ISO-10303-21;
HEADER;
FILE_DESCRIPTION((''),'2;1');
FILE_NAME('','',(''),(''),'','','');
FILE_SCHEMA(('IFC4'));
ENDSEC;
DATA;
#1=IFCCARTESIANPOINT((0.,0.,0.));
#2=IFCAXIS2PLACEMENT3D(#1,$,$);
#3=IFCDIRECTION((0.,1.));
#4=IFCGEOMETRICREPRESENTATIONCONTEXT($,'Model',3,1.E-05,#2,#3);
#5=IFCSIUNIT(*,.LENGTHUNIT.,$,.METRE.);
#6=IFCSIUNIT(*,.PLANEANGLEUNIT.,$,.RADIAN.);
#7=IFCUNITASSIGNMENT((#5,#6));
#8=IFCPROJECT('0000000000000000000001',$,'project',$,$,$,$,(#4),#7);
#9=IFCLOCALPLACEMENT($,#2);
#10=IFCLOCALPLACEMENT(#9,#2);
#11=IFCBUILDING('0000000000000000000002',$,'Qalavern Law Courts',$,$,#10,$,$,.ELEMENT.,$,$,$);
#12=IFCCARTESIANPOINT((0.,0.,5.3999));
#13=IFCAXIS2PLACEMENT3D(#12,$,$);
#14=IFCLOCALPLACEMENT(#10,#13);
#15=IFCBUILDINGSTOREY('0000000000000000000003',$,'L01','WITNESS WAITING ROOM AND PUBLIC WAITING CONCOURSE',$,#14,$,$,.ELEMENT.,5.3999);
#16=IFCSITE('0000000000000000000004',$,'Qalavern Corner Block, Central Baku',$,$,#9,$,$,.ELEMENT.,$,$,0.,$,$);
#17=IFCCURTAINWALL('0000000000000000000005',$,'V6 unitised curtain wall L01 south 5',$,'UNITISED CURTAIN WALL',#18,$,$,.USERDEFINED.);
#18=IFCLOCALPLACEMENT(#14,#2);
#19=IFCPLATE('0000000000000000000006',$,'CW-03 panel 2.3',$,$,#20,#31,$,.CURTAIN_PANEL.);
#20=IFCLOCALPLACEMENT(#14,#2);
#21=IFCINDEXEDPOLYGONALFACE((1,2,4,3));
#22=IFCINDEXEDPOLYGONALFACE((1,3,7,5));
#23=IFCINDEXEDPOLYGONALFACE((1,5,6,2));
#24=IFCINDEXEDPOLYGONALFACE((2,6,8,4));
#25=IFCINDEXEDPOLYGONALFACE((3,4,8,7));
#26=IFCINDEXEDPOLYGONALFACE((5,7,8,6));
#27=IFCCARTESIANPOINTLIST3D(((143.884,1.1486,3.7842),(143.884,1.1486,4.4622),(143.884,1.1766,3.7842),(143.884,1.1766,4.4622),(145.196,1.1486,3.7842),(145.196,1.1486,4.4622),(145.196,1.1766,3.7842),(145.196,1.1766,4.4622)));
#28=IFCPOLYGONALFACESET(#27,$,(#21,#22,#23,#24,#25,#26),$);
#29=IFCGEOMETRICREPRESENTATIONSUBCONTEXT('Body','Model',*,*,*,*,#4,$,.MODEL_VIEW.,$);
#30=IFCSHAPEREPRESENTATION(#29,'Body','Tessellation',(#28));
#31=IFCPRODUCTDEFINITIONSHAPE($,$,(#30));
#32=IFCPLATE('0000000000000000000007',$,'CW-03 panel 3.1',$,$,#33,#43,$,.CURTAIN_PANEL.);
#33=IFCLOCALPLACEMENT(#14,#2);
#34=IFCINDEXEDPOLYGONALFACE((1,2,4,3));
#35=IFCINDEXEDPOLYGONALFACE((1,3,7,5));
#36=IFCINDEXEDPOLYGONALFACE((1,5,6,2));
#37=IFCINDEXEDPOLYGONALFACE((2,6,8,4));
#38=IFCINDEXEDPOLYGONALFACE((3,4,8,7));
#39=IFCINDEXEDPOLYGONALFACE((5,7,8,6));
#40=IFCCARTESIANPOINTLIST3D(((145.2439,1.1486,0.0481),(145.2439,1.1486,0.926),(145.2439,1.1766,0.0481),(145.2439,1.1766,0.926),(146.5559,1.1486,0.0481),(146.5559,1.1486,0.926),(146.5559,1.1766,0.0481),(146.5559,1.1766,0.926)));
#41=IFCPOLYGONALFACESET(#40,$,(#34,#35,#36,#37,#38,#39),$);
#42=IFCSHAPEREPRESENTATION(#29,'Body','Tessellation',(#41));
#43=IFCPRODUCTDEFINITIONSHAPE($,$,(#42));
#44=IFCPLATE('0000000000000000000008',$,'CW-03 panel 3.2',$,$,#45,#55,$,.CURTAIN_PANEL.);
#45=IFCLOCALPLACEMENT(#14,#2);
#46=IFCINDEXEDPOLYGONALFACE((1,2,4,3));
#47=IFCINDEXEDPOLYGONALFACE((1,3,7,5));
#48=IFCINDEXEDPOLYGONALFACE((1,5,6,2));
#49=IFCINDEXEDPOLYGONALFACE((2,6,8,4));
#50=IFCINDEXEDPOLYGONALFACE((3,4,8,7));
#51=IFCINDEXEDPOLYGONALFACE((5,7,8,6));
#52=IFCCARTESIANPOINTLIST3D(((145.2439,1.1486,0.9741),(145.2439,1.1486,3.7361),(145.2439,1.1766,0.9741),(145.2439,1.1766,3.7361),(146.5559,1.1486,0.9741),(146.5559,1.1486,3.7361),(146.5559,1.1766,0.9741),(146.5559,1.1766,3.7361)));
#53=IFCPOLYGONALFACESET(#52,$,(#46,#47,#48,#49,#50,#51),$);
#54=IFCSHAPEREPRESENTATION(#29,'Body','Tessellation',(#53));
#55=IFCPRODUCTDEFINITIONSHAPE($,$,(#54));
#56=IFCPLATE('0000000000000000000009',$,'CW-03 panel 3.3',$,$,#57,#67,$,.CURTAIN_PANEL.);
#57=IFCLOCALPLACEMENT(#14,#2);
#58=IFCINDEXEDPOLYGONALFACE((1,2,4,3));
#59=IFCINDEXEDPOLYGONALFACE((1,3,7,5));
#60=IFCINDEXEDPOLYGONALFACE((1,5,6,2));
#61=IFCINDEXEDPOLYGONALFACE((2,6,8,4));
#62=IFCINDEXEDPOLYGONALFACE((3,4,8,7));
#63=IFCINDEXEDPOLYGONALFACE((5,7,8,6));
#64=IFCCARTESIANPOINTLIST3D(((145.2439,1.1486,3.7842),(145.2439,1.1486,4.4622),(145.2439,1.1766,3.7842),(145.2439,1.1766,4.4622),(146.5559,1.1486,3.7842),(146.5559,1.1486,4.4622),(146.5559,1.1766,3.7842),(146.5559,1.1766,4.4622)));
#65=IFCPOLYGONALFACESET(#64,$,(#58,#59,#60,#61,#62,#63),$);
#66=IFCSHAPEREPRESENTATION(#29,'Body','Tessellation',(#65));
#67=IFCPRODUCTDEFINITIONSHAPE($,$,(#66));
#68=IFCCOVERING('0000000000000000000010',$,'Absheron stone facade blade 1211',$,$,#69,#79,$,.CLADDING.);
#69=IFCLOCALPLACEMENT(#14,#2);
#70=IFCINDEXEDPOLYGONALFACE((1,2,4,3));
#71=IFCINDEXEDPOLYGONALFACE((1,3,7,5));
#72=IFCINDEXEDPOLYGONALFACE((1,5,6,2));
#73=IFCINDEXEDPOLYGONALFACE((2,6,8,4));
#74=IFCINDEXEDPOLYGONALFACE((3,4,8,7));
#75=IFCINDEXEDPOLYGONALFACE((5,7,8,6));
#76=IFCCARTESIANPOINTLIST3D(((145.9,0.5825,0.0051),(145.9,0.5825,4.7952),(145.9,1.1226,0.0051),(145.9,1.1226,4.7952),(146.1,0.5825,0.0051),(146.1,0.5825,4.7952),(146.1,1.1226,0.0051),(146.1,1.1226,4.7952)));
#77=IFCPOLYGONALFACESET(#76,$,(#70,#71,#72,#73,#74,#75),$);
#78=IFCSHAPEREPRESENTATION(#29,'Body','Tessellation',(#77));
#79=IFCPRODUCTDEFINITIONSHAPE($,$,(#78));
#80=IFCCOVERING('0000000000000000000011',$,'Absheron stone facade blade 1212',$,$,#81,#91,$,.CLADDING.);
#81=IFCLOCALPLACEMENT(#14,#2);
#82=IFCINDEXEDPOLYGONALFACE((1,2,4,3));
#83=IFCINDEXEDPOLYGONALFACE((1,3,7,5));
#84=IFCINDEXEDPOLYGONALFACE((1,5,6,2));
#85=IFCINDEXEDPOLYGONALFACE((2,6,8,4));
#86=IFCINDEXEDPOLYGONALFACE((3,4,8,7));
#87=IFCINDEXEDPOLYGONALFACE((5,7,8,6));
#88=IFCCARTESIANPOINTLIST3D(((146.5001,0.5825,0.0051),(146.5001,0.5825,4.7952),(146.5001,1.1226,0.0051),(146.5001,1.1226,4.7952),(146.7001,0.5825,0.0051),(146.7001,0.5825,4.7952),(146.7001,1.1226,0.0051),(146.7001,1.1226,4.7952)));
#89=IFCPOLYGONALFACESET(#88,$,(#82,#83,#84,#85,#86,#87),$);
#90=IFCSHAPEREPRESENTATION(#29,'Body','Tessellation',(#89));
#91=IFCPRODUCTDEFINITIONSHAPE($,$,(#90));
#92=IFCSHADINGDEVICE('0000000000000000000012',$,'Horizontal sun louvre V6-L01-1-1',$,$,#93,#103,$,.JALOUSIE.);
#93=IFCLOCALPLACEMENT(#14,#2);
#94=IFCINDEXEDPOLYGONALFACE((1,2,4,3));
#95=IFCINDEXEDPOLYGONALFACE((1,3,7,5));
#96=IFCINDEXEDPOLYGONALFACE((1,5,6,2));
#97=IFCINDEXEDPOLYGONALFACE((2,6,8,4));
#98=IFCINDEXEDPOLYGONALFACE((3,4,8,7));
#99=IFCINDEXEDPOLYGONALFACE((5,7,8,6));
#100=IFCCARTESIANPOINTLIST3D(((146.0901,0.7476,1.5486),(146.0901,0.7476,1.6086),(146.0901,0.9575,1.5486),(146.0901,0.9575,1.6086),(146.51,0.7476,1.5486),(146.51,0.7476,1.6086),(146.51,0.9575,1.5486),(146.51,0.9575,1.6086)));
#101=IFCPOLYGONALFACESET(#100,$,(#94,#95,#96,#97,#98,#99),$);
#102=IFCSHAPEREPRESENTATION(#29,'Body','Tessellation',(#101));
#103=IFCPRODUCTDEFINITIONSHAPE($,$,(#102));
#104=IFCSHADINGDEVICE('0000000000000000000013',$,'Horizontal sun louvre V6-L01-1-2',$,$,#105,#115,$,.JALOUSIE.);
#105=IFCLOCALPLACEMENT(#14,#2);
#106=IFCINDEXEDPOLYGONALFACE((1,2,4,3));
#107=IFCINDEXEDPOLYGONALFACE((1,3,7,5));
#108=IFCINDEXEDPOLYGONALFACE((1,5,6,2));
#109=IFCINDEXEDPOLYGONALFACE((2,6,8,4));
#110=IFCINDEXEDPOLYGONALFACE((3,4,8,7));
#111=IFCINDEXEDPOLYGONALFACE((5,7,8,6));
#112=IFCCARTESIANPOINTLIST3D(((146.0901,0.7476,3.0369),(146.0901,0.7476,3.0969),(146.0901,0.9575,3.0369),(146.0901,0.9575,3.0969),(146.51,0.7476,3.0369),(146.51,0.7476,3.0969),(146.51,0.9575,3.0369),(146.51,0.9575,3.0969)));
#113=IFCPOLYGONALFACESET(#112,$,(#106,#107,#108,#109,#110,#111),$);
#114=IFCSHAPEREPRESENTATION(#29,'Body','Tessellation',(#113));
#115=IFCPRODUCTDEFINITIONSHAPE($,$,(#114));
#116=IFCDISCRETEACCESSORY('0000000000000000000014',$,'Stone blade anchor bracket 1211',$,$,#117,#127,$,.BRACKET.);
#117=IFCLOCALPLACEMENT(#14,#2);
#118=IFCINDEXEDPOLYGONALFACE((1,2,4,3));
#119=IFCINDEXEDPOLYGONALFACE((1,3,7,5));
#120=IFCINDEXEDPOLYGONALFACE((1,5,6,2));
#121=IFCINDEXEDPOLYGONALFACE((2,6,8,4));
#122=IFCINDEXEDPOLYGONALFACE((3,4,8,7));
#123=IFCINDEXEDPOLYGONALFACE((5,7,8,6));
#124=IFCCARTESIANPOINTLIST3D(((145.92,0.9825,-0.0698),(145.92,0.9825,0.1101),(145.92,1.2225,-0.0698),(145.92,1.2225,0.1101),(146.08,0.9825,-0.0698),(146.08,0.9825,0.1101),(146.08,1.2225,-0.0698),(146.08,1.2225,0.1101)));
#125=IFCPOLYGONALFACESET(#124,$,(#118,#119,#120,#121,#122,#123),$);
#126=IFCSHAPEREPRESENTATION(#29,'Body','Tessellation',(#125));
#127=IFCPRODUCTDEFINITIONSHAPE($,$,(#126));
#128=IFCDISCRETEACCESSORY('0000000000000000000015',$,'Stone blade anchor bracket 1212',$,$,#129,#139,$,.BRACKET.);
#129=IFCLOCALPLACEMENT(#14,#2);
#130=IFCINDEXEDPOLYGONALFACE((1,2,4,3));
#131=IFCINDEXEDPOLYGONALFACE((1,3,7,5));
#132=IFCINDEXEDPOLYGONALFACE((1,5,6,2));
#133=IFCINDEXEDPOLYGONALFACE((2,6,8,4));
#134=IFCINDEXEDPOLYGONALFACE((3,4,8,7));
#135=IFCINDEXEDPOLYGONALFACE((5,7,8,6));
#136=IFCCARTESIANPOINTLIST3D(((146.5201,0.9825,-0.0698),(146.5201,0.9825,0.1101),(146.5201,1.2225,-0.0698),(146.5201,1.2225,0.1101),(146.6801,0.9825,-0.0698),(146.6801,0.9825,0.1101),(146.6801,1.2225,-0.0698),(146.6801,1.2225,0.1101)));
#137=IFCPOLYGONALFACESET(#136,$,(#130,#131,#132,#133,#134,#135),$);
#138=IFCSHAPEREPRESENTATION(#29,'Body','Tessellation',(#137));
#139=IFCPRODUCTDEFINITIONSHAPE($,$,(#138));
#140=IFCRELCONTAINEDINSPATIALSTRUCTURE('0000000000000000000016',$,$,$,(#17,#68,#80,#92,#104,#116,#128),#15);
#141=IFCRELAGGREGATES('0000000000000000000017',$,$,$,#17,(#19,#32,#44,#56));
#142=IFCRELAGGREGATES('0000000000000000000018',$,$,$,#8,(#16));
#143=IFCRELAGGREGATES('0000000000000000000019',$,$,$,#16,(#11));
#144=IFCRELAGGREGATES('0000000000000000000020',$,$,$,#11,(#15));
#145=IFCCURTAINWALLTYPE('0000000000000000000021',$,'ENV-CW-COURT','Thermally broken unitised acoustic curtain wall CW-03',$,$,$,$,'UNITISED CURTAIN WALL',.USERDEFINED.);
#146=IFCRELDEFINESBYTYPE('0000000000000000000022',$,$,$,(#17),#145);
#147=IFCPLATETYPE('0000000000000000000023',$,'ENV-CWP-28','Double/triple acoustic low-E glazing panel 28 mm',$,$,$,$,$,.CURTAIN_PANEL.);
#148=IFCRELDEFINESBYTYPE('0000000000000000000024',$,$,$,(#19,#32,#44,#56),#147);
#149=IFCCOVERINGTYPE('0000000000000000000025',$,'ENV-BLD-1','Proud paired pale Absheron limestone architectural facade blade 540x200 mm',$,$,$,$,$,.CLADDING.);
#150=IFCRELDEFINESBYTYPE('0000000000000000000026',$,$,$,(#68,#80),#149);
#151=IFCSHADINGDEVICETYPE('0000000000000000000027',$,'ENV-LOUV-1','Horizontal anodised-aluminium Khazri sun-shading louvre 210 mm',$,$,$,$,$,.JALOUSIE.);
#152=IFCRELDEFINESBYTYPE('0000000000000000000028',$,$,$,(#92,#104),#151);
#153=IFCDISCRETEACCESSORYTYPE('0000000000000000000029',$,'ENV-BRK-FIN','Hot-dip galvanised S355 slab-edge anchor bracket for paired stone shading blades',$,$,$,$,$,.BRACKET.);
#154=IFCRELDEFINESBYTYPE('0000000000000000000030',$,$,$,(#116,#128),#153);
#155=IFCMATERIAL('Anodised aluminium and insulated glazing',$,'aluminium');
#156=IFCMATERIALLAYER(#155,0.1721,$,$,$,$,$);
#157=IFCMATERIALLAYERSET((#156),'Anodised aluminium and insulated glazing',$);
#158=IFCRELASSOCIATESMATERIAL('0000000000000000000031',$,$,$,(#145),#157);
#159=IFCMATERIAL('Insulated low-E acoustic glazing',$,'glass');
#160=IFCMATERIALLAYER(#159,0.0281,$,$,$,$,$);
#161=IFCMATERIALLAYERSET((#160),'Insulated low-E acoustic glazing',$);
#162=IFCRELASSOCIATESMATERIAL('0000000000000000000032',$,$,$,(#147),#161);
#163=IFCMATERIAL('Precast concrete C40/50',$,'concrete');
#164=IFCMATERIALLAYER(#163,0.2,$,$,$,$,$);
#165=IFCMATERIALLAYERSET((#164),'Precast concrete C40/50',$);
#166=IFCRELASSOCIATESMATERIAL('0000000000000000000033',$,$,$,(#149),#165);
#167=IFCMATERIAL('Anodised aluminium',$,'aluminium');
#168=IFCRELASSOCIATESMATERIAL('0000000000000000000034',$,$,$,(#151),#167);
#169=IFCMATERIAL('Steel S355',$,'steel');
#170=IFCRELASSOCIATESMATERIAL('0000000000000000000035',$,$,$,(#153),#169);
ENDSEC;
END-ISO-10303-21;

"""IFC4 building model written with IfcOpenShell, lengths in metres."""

from ifc_helpers import new_model, si_unit, direction, frame, origin, origin_2d, place, context, subcontext, project, spatial, rectangle, extrude, material, layer, layer_set, type_object, element, aggregate, save


model = new_model("IFC4")

# Units and contexts
model_context = context("Model", 3, precision=1e-05, world=origin(), true_north=direction((0.0, 1.0)))
body_context = subcontext(model_context, "Body", "Model", "MODEL_VIEW")
ifc_project = project(units=[si_unit("LENGTHUNIT", "METRE"), si_unit("PLANEANGLEUNIT", "RADIAN")], contexts=[model_context])

# Site, building, storey
site_placement = place(None, origin())
site = spatial("IfcSite", under=ifc_project, at=site_placement, Name="Qalavern Corner Block, Central Baku", CompositionType="ELEMENT", RefElevation=0.0)
building_placement = place(site_placement, origin())
building = spatial("IfcBuilding", under=site, at=building_placement, Name="Qalavern Law Courts", CompositionType="ELEMENT")
storey_placement = place(building_placement, frame((0.0, 0.0, 5.3999)))
storey = spatial("IfcBuildingStorey", under=building, at=storey_placement, Name="L01", Description="WITNESS WAITING ROOM AND PUBLIC WAITING CONCOURSE", CompositionType="ELEMENT", Elevation=5.3999)

# Curtain wall, plates
ifc_material_1 = material(Name="Anodised aluminium and insulated glazing", Category="aluminium")
ifc_layer_1 = layer(ifc_material_1, 0.1721)
ifc_layer_set_1 = layer_set([ifc_layer_1], Name="Anodised aluminium and insulated glazing")
curtain_wall_type = type_object("IfcCurtainWallType", Name="ENV-CW-COURT", Description="Thermally broken unitised acoustic curtain wall CW-03", ElementType="UNITISED CURTAIN WALL", PredefinedType="USERDEFINED", material=ifc_layer_set_1)
curtain_wall_placement = place(storey_placement, origin())
curtain_wall = element("IfcCurtainWall", 1, at=curtain_wall_placement, inside=storey, type_object=curtain_wall_type, Name="V6 unitised curtain wall L01 south 5", ObjectType="UNITISED CURTAIN WALL", PredefinedType="USERDEFINED")
ifc_material_2 = material(Name="Anodised aluminium", Category="aluminium")
ifc_material_3 = material(Name="Insulated low-E acoustic glazing", Category="glass")
ifc_layer_2 = layer(ifc_material_3, 0.0281)
ifc_layer_set_2 = layer_set([ifc_layer_2], Name="Insulated low-E acoustic glazing")
plate_type = type_object("IfcPlateType", Name="ENV-CWP-28", Description="Double/triple acoustic low-E glazing panel 28 mm", PredefinedType="CURTAIN_PANEL", material=ifc_layer_set_2)
plate_1_placement = place(storey_placement, frame((144.54, 1.1626, 3.7842), z_axis=(0.0, 0.0, 1.0), x_axis=(1.0, 0.0, 0.0)))
plate_1 = element("IfcPlate", 2, at=plate_1_placement, type_object=plate_type, Name="CW-03 panel 2.3", PredefinedType="CURTAIN_PANEL", context=body_context, shape_type="SweptSolid", body=[
    extrude(rectangle(XDim=1.312, YDim=0.0281, at=origin_2d()), origin(), (0.0, 0.0, 1.0), 0.678),
])
plate_2_placement = place(storey_placement, frame((145.8999, 1.1626, 0.0481), z_axis=(0.0, 0.0, 1.0), x_axis=(1.0, 0.0, 0.0)))
plate_2 = element("IfcPlate", 3, at=plate_2_placement, type_object=plate_type, Name="CW-03 panel 3.1", PredefinedType="CURTAIN_PANEL", context=body_context, shape_type="SweptSolid", body=[
    extrude(rectangle(XDim=1.312, YDim=0.0281, at=origin_2d()), origin(), (0.0, 0.0, 1.0), 0.8779),
])
plate_3_placement = place(storey_placement, frame((145.8999, 1.1626, 0.9741), z_axis=(0.0, 0.0, 1.0), x_axis=(1.0, 0.0, 0.0)))
plate_3 = element("IfcPlate", 4, at=plate_3_placement, type_object=plate_type, Name="CW-03 panel 3.2", PredefinedType="CURTAIN_PANEL", context=body_context, shape_type="SweptSolid", body=[
    extrude(rectangle(XDim=1.312, YDim=0.0281, at=origin_2d()), origin(), (0.0, 0.0, 1.0), 2.762),
])
plate_4_placement = place(storey_placement, frame((145.8999, 1.1626, 3.7842), z_axis=(0.0, 0.0, 1.0), x_axis=(1.0, 0.0, 0.0)))
plate_4 = element("IfcPlate", 5, at=plate_4_placement, type_object=plate_type, Name="CW-03 panel 3.3", PredefinedType="CURTAIN_PANEL", context=body_context, shape_type="SweptSolid", body=[
    extrude(rectangle(XDim=1.312, YDim=0.0281, at=origin_2d()), origin(), (0.0, 0.0, 1.0), 0.678),
])
aggregate(curtain_wall, [plate_1, plate_2, plate_3, plate_4])

# Coverings
ifc_material_4 = material(Name="Precast concrete C40/50", Category="concrete")
ifc_layer_3 = layer(ifc_material_4, 0.2)
ifc_layer_set_3 = layer_set([ifc_layer_3], Name="Precast concrete C40/50")
covering_type = type_object("IfcCoveringType", Name="ENV-BLD-1", Description="Proud paired pale Absheron limestone architectural facade blade 540x200 mm", PredefinedType="CLADDING", material=ifc_layer_set_3)
for number, where, z_axis, x_axis, name in (
    (6, (146.0, 0.8525, 0.0051), (0.0, 0.0, 1.0), (0.0, -1.0, 0.0), "Absheron stone facade blade 1211"),
    (7, (146.6001, 0.8525, 0.0051), (0.0, 0.0, 1.0), (0.0, -1.0, 0.0), "Absheron stone facade blade 1212"),
):
    element("IfcCovering", number, at=place(storey_placement, frame(where, z_axis=z_axis, x_axis=x_axis)), inside=storey, type_object=covering_type, Name=name, PredefinedType="CLADDING", context=body_context, shape_type="SweptSolid", body=[
        extrude(rectangle(XDim=0.54, YDim=0.2, at=origin_2d()), origin(), (0.0, 0.0, 1.0), 4.79),
    ])

# Shading devices
shading_device_type = type_object("IfcShadingDeviceType", Name="ENV-LOUV-1", Description="Horizontal anodised-aluminium Khazri sun-shading louvre 210 mm", PredefinedType="JALOUSIE", material=ifc_material_2)
for number, where, z_axis, x_axis, name in (
    (8, (146.3, 0.8525, 1.5486), (0.0, 0.0, 1.0), (1.0, 0.0, 0.0), "Horizontal sun louvre V6-L01-1-1"),
    (9, (146.3, 0.8525, 3.0369), (0.0, 0.0, 1.0), (1.0, 0.0, 0.0), "Horizontal sun louvre V6-L01-1-2"),
):
    element("IfcShadingDevice", number, at=place(storey_placement, frame(where, z_axis=z_axis, x_axis=x_axis)), inside=storey, type_object=shading_device_type, Name=name, PredefinedType="JALOUSIE", context=body_context, shape_type="SweptSolid", body=[
        extrude(rectangle(XDim=0.4199, YDim=0.21, at=origin_2d()), origin(), (0.0, 0.0, 1.0), 0.0601),
    ])

# Discrete accessories
ifc_material_5 = material(Name="Steel S355", Category="steel")
discrete_accessory_type = type_object("IfcDiscreteAccessoryType", Name="ENV-BRK-FIN", Description="Hot-dip galvanised S355 slab-edge anchor bracket for paired stone shading blades", PredefinedType="BRACKET", material=ifc_material_5)
for number, where, z_axis, x_axis, name in (
    (10, (146.0, 1.1025, -0.0698), (0.0, 0.0, 1.0), (0.0, -1.0, 0.0), "Stone blade anchor bracket 1211"),
    (11, (146.6001, 1.1025, -0.0698), (0.0, 0.0, 1.0), (0.0, -1.0, 0.0), "Stone blade anchor bracket 1212"),
):
    element("IfcDiscreteAccessory", number, at=place(storey_placement, frame(where, z_axis=z_axis, x_axis=x_axis)), inside=storey, type_object=discrete_accessory_type, Name=name, PredefinedType="BRACKET", context=body_context, shape_type="SweptSolid", body=[
        extrude(rectangle(XDim=0.24, YDim=0.1599, at=origin_2d()), origin(), (0.0, 0.0, 1.0), 0.1799),
    ])

save(model, "model.ifc")
